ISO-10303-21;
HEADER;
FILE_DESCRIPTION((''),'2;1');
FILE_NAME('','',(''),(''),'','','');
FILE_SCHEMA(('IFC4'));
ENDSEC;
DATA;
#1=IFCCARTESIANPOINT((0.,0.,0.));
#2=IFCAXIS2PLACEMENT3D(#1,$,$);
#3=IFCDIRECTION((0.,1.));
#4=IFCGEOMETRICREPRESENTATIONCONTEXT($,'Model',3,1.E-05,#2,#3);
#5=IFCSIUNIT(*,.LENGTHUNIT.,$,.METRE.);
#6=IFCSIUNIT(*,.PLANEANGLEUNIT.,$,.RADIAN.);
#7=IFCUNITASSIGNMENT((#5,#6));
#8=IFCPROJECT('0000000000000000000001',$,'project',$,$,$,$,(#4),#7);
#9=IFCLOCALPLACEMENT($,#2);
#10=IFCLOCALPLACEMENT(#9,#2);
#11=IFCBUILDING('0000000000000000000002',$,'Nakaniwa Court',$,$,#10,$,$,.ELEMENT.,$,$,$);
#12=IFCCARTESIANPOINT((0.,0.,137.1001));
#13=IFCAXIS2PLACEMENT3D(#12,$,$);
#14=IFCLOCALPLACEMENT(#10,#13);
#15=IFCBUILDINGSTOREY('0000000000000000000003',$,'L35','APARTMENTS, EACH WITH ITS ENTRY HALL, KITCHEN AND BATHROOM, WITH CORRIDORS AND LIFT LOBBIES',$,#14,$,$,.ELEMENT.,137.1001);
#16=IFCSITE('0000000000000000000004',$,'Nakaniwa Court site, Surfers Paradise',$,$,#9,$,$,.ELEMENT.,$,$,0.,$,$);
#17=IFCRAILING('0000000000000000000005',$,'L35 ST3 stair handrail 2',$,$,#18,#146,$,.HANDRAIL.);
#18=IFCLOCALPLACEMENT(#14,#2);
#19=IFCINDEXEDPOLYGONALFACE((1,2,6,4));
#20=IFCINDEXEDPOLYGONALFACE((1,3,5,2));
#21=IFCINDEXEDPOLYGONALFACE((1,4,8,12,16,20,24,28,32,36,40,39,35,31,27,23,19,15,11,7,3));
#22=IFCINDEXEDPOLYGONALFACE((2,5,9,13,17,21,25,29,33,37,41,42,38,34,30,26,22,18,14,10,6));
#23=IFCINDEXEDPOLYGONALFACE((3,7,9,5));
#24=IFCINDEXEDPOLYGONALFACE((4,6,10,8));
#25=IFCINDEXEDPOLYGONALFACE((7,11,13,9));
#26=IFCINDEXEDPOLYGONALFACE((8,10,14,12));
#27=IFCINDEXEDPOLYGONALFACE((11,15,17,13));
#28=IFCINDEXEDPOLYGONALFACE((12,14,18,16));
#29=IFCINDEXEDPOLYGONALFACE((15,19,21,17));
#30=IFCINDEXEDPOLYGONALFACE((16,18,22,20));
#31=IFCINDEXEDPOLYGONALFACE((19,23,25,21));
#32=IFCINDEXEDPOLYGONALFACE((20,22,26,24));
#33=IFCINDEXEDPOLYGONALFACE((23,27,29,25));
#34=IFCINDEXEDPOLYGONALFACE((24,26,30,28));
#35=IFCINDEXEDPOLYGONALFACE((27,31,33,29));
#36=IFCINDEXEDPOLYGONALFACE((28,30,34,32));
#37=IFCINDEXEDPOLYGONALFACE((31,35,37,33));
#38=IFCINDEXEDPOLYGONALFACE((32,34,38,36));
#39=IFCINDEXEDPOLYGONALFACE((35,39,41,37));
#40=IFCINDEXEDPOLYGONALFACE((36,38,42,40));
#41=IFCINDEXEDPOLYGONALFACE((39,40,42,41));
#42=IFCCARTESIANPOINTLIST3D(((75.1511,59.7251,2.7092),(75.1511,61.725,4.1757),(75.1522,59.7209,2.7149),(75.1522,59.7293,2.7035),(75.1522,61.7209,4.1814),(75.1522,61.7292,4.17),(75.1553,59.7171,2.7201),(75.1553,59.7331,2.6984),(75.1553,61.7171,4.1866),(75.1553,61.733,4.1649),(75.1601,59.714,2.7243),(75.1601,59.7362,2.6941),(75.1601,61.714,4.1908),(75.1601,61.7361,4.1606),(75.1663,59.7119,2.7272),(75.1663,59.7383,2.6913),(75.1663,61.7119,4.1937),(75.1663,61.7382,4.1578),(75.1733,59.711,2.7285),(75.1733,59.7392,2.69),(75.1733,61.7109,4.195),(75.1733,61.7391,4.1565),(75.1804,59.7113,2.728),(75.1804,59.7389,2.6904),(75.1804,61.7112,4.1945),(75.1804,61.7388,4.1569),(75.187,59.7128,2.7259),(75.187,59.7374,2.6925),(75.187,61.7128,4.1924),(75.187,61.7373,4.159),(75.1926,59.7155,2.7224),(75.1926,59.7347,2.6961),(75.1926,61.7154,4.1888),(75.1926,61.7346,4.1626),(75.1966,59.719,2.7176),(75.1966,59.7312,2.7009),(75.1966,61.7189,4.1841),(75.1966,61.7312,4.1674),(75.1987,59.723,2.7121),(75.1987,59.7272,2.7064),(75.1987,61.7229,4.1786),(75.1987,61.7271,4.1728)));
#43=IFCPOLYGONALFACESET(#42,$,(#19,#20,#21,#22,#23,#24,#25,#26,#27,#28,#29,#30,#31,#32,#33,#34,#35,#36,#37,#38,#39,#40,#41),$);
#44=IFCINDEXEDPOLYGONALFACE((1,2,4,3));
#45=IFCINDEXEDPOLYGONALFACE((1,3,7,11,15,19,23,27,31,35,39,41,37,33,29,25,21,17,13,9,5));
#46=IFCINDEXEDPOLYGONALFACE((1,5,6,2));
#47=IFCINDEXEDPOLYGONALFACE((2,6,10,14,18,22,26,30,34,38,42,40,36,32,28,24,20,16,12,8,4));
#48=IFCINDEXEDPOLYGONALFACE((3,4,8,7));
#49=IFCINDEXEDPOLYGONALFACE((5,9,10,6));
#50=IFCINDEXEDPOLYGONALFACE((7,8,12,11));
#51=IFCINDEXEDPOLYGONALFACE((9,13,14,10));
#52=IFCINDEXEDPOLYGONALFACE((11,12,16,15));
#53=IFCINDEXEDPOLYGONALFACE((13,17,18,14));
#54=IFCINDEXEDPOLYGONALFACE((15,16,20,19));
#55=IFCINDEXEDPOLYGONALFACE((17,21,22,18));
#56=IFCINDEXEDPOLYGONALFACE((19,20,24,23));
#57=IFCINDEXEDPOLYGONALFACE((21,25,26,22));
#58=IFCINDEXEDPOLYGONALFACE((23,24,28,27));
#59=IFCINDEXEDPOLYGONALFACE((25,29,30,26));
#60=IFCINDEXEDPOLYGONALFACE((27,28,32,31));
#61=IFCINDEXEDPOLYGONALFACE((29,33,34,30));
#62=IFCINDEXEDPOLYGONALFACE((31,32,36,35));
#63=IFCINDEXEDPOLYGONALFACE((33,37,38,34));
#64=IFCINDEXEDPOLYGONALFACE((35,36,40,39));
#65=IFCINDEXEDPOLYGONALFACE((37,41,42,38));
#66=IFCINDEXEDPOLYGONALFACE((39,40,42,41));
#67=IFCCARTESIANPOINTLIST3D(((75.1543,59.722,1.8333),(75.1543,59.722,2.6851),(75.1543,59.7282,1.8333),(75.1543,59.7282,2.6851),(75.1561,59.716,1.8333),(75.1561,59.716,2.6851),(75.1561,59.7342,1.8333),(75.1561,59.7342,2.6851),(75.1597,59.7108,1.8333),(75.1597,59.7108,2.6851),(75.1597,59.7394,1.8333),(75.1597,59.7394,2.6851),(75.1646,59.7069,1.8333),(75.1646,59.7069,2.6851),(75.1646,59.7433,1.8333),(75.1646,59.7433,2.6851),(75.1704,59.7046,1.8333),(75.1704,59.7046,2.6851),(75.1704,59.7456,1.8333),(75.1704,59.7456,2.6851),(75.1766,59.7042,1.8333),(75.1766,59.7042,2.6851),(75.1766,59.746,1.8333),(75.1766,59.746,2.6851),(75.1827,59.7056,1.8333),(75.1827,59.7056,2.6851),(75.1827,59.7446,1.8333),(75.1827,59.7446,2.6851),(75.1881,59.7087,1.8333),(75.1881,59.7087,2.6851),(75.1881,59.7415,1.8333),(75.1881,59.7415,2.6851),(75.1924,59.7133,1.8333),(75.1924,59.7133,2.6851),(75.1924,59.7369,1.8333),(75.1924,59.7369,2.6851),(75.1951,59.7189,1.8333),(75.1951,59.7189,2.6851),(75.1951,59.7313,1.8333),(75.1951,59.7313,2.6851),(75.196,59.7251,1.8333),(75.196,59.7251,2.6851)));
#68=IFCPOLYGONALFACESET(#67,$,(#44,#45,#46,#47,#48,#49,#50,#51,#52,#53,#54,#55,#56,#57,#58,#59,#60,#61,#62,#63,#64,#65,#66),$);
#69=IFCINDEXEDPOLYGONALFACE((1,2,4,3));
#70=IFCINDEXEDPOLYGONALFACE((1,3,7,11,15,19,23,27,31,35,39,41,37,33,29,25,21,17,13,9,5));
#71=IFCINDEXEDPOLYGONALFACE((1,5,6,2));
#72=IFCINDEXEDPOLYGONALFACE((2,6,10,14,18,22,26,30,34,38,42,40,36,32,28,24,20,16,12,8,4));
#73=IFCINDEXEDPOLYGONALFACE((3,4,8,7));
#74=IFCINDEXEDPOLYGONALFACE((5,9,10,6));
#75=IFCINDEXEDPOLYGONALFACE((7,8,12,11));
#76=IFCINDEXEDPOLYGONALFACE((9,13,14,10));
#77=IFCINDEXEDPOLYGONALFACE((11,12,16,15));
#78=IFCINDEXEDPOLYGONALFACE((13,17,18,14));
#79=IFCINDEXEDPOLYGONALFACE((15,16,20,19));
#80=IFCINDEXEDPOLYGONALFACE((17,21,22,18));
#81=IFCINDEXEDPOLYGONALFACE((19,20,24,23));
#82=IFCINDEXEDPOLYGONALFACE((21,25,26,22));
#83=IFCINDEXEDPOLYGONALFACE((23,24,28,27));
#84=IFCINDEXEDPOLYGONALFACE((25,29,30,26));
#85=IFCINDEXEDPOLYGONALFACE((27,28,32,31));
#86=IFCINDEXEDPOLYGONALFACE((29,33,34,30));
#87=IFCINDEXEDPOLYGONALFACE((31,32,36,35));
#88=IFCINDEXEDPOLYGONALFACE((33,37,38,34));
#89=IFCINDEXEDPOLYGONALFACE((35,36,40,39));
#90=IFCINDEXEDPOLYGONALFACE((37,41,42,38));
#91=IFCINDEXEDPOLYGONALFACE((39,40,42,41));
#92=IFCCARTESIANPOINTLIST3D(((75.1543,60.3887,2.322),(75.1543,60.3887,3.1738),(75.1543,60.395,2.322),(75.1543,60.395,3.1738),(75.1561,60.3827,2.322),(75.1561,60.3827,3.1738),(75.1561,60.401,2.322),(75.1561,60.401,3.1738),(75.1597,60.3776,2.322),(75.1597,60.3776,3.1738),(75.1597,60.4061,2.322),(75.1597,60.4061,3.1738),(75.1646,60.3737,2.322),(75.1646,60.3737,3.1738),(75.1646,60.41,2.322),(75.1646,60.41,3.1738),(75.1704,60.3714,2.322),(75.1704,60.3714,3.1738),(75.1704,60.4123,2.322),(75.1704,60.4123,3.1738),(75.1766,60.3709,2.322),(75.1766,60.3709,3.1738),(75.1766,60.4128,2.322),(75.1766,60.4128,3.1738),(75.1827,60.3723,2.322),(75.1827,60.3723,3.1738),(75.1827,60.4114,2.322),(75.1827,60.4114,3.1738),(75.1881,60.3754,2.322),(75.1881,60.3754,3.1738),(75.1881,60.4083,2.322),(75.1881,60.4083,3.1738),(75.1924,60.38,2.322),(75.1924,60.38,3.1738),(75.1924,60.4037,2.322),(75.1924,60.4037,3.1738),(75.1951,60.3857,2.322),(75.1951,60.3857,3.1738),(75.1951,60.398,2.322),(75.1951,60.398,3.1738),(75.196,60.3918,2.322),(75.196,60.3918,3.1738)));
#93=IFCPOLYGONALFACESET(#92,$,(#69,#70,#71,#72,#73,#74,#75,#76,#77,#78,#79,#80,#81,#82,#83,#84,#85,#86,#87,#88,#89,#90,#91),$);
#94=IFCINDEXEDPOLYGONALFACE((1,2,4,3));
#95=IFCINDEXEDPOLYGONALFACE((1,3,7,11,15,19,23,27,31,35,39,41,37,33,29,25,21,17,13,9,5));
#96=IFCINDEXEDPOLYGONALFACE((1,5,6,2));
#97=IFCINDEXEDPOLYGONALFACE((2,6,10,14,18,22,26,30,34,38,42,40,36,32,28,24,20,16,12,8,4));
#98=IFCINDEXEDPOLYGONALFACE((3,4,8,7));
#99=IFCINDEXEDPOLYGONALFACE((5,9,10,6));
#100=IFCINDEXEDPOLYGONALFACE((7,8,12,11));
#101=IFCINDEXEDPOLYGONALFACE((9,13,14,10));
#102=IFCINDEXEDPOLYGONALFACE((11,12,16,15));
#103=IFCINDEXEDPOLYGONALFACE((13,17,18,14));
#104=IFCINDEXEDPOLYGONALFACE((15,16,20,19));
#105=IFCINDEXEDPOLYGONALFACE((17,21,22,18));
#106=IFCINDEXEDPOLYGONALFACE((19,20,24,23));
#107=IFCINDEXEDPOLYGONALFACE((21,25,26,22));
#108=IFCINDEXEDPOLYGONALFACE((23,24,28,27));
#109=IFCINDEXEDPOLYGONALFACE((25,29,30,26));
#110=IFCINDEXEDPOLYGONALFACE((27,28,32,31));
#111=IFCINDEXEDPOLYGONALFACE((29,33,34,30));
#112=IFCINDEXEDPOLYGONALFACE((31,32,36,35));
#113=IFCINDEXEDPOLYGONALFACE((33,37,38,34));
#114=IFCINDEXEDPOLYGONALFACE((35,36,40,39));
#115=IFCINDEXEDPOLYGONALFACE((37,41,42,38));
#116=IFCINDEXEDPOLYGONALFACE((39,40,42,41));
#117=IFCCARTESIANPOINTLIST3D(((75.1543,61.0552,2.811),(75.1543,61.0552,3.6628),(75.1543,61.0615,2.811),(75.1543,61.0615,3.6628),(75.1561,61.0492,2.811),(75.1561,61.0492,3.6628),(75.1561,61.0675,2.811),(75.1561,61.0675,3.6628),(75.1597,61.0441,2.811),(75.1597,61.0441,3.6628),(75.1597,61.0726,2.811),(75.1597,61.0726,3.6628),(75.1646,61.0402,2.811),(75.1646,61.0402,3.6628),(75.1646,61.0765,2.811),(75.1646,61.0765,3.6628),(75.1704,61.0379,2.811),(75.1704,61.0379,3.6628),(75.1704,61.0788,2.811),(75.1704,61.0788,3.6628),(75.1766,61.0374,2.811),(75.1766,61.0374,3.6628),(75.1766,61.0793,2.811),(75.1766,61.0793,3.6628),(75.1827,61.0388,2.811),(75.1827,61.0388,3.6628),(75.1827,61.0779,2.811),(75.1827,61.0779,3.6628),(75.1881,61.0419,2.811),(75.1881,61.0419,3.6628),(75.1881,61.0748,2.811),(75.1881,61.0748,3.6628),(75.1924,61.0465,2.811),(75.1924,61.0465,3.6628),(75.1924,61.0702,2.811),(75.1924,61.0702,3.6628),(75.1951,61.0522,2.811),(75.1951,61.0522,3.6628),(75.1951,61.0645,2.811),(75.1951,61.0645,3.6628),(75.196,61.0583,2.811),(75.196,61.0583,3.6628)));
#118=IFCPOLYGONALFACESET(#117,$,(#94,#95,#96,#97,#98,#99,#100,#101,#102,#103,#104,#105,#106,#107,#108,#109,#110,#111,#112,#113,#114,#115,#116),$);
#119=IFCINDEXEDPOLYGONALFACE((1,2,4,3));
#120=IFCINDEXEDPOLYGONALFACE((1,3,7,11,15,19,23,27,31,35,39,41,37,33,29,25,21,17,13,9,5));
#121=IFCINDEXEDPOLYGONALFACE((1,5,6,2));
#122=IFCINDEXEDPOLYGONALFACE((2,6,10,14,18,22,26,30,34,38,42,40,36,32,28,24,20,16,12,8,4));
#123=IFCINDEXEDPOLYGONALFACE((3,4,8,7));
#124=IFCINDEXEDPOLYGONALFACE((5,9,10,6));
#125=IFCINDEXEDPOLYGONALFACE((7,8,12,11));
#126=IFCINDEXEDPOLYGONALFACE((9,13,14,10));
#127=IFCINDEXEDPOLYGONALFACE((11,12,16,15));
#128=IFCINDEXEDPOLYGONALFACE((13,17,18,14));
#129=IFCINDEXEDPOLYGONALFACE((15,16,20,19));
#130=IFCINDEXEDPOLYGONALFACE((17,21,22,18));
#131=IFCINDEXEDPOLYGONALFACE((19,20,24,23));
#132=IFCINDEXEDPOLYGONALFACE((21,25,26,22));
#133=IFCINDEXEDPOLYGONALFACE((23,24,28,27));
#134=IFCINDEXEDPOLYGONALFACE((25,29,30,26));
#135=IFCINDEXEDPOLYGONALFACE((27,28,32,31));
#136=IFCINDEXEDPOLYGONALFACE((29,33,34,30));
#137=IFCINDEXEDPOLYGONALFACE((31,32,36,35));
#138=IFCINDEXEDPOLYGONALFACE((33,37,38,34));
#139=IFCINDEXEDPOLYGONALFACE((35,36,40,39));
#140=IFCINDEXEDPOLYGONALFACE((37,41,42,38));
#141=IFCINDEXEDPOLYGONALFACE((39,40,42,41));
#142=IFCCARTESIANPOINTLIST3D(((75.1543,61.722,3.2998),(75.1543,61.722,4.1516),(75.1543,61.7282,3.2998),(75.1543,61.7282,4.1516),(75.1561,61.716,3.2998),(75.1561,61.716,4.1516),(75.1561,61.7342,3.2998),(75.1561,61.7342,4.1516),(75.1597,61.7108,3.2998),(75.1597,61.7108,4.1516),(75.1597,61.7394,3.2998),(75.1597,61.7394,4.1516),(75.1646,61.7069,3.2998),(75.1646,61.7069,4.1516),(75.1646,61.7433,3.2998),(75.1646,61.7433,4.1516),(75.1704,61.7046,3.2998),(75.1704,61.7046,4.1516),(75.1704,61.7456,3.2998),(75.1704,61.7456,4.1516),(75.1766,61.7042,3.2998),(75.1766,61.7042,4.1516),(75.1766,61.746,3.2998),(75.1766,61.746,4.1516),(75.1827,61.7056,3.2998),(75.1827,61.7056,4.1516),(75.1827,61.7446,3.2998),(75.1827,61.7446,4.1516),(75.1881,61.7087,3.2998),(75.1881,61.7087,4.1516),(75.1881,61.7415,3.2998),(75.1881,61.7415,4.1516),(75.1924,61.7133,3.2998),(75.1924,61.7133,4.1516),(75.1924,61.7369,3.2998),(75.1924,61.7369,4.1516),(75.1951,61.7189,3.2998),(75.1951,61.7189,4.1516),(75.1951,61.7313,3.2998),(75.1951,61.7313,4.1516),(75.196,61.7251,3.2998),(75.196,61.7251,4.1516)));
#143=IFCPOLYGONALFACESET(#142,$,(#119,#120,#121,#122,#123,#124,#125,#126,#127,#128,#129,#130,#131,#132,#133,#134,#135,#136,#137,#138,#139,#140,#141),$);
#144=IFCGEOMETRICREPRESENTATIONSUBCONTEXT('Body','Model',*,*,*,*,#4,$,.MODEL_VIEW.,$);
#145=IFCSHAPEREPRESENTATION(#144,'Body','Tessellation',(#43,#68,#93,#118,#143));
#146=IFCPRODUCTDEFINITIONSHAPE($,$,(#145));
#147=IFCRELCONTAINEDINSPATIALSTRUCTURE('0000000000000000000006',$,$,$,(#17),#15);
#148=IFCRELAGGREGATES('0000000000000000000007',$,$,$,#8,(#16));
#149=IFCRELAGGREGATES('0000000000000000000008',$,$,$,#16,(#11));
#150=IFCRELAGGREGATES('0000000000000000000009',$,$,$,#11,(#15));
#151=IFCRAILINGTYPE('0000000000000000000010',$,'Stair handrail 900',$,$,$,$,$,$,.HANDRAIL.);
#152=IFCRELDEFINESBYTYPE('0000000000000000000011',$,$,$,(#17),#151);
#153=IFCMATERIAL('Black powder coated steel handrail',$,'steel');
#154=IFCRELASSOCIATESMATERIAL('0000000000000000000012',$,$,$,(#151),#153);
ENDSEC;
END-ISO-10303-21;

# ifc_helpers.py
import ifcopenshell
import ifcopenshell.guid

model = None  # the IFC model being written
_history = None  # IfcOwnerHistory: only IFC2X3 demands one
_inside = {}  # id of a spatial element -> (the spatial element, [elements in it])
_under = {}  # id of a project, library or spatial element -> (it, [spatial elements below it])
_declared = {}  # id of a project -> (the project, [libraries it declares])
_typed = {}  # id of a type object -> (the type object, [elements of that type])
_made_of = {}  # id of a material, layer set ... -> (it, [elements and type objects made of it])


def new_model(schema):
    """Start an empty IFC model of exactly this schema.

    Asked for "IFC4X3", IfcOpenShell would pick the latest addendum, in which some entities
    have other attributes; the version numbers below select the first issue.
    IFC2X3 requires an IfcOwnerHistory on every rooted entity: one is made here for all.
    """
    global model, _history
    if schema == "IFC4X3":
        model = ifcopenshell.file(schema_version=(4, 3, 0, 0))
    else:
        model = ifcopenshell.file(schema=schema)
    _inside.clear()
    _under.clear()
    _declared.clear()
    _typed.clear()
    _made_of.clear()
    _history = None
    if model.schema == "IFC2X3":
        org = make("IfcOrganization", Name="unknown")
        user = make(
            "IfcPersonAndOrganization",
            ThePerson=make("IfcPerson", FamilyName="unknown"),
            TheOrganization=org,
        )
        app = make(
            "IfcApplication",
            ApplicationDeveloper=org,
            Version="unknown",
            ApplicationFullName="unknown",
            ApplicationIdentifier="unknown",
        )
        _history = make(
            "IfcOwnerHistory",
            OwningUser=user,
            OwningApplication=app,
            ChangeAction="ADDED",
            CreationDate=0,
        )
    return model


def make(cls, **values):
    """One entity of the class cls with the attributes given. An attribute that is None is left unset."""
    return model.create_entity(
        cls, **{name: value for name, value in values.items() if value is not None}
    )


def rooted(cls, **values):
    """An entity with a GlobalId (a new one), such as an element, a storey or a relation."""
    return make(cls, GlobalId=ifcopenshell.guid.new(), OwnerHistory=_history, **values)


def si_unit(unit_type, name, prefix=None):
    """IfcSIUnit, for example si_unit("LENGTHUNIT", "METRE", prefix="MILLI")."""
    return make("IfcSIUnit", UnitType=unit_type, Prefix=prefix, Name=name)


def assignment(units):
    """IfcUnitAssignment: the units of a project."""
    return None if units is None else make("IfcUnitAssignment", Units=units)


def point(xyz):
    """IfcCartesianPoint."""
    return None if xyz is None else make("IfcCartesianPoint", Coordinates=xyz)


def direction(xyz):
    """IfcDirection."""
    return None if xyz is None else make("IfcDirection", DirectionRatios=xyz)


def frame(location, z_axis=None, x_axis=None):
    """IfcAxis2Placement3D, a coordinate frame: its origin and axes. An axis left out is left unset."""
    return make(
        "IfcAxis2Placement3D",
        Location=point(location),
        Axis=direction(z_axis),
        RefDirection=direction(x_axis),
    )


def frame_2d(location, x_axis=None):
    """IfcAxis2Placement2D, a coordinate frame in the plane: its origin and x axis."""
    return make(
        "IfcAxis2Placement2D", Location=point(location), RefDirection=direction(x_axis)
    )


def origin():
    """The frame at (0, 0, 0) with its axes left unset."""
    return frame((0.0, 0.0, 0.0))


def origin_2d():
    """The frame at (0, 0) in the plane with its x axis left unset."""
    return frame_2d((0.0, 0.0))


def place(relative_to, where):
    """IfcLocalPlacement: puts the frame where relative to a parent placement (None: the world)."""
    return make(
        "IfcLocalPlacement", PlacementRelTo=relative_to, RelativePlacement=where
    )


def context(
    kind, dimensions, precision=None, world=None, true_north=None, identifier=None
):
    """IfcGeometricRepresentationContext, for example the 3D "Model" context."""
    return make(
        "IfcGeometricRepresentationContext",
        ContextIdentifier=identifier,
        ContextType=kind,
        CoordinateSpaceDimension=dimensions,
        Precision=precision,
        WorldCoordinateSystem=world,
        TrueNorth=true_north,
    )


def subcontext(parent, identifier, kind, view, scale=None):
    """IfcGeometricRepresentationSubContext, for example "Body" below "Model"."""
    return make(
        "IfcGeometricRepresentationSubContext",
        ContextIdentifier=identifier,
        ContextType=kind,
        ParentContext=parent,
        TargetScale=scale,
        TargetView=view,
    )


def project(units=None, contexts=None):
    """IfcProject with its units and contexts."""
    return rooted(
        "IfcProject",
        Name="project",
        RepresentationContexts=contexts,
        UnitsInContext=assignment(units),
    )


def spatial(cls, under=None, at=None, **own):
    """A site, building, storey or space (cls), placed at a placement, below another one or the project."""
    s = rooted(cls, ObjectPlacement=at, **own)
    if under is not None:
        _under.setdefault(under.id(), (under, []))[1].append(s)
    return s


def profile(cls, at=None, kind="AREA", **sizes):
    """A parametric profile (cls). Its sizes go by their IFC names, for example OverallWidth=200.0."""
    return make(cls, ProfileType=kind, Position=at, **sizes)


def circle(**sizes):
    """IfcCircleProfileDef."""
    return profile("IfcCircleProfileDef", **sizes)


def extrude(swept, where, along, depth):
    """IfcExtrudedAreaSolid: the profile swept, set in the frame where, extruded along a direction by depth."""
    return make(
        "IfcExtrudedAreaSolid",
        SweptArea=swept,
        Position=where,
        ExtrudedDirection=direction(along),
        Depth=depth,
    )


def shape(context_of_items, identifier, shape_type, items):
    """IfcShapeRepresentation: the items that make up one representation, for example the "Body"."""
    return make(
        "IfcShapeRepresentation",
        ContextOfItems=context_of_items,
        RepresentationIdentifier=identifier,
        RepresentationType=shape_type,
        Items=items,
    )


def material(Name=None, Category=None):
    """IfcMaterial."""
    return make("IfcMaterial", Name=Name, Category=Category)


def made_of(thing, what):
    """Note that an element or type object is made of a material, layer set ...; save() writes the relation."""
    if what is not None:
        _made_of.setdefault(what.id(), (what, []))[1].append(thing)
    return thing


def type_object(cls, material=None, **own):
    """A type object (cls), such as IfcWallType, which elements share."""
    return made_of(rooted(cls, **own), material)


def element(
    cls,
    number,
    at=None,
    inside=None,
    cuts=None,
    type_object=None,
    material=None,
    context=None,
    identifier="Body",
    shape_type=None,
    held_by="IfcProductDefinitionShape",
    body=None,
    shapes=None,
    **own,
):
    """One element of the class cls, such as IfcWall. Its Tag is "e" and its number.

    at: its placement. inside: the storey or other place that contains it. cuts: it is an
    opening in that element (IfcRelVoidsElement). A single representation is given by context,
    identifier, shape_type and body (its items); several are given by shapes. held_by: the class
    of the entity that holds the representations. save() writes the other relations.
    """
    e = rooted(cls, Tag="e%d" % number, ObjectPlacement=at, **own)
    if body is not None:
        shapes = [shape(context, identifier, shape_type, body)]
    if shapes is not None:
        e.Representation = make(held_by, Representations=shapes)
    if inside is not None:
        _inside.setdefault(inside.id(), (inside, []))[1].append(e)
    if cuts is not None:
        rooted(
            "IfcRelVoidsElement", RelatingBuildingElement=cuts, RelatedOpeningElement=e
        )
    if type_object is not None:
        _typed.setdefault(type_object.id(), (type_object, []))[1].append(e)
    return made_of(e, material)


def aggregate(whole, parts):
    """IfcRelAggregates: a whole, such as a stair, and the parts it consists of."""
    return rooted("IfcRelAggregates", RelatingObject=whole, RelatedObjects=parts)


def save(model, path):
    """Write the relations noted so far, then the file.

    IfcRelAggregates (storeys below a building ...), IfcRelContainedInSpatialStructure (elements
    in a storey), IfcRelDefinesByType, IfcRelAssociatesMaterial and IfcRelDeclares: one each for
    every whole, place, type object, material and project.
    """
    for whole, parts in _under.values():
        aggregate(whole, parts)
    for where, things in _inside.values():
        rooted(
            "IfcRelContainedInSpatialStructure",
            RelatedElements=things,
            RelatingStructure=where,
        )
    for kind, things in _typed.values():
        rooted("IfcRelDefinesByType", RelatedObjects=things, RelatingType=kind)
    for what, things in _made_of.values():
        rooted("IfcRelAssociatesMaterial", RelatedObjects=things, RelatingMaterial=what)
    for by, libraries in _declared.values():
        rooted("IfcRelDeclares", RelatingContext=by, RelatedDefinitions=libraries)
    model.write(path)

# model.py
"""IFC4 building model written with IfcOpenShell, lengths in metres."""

from ifc_helpers import new_model, si_unit, direction, frame, origin, origin_2d, place, context, subcontext, project, spatial, circle, extrude, material, type_object, element, save


model = new_model("IFC4")

# Units and contexts
model_context = context("Model", 3, precision=1e-05, world=origin(), true_north=direction((0.0, 1.0)))
body_context = subcontext(model_context, "Body", "Model", "MODEL_VIEW")
ifc_project = project(units=[si_unit("LENGTHUNIT", "METRE"), si_unit("PLANEANGLEUNIT", "RADIAN")], contexts=[model_context])

# Site, building, storey
site_placement = place(None, origin())
site = spatial("IfcSite", under=ifc_project, at=site_placement, Name="Nakaniwa Court site, Surfers Paradise", CompositionType="ELEMENT", RefElevation=0.0)
building_placement = place(site_placement, origin())
building = spatial("IfcBuilding", under=site, at=building_placement, Name="Nakaniwa Court", CompositionType="ELEMENT")
storey_placement = place(building_placement, frame((0.0, 0.0, 137.1001)))
storey = spatial("IfcBuildingStorey", under=building, at=storey_placement, Name="L35", Description="APARTMENTS, EACH WITH ITS ENTRY HALL, KITCHEN AND BATHROOM, WITH CORRIDORS AND LIFT LOBBIES", CompositionType="ELEMENT", Elevation=137.1001)

# Railing
ifc_material_1 = material(Name="Black powder coated steel handrail", Category="steel")
railing_type_1 = type_object("IfcRailingType", Name="Stair handrail 900", PredefinedType="HANDRAIL", material=ifc_material_1)
railing_1_placement = place(storey_placement, frame((75.175, 59.7251, 1.8333)))
element("IfcRailing", 1, at=railing_1_placement, inside=storey, type_object=railing_type_1, Name="L35 ST3 stair handrail 2", PredefinedType="HANDRAIL", context=body_context, shape_type="SweptSolid", body=[
    extrude(circle(Radius=0.0239, at=origin_2d()), frame((0.0, 0.0, 0.876), z_axis=(0.0, 0.806427, 0.591334), x_axis=(-1.0, 0.0, 0.0)), (0.0, 0.0, 1.0), 2.48),
    extrude(circle(Radius=0.021, at=origin_2d()), origin(), (0.0, 0.0, 1.0), 0.8518),
    extrude(circle(Radius=0.021, at=origin_2d()), frame((0.0, 0.6667, 0.4888)), (0.0, 0.0, 1.0), 0.8518),
    extrude(circle(Radius=0.021, at=origin_2d()), frame((0.0, 1.3333, 0.9778)), (0.0, 0.0, 1.0), 0.8518),
    extrude(circle(Radius=0.021, at=origin_2d()), frame((0.0, 2.0, 1.4666)), (0.0, 0.0, 1.0), 0.8518),
])

save(model, "model.ifc")
